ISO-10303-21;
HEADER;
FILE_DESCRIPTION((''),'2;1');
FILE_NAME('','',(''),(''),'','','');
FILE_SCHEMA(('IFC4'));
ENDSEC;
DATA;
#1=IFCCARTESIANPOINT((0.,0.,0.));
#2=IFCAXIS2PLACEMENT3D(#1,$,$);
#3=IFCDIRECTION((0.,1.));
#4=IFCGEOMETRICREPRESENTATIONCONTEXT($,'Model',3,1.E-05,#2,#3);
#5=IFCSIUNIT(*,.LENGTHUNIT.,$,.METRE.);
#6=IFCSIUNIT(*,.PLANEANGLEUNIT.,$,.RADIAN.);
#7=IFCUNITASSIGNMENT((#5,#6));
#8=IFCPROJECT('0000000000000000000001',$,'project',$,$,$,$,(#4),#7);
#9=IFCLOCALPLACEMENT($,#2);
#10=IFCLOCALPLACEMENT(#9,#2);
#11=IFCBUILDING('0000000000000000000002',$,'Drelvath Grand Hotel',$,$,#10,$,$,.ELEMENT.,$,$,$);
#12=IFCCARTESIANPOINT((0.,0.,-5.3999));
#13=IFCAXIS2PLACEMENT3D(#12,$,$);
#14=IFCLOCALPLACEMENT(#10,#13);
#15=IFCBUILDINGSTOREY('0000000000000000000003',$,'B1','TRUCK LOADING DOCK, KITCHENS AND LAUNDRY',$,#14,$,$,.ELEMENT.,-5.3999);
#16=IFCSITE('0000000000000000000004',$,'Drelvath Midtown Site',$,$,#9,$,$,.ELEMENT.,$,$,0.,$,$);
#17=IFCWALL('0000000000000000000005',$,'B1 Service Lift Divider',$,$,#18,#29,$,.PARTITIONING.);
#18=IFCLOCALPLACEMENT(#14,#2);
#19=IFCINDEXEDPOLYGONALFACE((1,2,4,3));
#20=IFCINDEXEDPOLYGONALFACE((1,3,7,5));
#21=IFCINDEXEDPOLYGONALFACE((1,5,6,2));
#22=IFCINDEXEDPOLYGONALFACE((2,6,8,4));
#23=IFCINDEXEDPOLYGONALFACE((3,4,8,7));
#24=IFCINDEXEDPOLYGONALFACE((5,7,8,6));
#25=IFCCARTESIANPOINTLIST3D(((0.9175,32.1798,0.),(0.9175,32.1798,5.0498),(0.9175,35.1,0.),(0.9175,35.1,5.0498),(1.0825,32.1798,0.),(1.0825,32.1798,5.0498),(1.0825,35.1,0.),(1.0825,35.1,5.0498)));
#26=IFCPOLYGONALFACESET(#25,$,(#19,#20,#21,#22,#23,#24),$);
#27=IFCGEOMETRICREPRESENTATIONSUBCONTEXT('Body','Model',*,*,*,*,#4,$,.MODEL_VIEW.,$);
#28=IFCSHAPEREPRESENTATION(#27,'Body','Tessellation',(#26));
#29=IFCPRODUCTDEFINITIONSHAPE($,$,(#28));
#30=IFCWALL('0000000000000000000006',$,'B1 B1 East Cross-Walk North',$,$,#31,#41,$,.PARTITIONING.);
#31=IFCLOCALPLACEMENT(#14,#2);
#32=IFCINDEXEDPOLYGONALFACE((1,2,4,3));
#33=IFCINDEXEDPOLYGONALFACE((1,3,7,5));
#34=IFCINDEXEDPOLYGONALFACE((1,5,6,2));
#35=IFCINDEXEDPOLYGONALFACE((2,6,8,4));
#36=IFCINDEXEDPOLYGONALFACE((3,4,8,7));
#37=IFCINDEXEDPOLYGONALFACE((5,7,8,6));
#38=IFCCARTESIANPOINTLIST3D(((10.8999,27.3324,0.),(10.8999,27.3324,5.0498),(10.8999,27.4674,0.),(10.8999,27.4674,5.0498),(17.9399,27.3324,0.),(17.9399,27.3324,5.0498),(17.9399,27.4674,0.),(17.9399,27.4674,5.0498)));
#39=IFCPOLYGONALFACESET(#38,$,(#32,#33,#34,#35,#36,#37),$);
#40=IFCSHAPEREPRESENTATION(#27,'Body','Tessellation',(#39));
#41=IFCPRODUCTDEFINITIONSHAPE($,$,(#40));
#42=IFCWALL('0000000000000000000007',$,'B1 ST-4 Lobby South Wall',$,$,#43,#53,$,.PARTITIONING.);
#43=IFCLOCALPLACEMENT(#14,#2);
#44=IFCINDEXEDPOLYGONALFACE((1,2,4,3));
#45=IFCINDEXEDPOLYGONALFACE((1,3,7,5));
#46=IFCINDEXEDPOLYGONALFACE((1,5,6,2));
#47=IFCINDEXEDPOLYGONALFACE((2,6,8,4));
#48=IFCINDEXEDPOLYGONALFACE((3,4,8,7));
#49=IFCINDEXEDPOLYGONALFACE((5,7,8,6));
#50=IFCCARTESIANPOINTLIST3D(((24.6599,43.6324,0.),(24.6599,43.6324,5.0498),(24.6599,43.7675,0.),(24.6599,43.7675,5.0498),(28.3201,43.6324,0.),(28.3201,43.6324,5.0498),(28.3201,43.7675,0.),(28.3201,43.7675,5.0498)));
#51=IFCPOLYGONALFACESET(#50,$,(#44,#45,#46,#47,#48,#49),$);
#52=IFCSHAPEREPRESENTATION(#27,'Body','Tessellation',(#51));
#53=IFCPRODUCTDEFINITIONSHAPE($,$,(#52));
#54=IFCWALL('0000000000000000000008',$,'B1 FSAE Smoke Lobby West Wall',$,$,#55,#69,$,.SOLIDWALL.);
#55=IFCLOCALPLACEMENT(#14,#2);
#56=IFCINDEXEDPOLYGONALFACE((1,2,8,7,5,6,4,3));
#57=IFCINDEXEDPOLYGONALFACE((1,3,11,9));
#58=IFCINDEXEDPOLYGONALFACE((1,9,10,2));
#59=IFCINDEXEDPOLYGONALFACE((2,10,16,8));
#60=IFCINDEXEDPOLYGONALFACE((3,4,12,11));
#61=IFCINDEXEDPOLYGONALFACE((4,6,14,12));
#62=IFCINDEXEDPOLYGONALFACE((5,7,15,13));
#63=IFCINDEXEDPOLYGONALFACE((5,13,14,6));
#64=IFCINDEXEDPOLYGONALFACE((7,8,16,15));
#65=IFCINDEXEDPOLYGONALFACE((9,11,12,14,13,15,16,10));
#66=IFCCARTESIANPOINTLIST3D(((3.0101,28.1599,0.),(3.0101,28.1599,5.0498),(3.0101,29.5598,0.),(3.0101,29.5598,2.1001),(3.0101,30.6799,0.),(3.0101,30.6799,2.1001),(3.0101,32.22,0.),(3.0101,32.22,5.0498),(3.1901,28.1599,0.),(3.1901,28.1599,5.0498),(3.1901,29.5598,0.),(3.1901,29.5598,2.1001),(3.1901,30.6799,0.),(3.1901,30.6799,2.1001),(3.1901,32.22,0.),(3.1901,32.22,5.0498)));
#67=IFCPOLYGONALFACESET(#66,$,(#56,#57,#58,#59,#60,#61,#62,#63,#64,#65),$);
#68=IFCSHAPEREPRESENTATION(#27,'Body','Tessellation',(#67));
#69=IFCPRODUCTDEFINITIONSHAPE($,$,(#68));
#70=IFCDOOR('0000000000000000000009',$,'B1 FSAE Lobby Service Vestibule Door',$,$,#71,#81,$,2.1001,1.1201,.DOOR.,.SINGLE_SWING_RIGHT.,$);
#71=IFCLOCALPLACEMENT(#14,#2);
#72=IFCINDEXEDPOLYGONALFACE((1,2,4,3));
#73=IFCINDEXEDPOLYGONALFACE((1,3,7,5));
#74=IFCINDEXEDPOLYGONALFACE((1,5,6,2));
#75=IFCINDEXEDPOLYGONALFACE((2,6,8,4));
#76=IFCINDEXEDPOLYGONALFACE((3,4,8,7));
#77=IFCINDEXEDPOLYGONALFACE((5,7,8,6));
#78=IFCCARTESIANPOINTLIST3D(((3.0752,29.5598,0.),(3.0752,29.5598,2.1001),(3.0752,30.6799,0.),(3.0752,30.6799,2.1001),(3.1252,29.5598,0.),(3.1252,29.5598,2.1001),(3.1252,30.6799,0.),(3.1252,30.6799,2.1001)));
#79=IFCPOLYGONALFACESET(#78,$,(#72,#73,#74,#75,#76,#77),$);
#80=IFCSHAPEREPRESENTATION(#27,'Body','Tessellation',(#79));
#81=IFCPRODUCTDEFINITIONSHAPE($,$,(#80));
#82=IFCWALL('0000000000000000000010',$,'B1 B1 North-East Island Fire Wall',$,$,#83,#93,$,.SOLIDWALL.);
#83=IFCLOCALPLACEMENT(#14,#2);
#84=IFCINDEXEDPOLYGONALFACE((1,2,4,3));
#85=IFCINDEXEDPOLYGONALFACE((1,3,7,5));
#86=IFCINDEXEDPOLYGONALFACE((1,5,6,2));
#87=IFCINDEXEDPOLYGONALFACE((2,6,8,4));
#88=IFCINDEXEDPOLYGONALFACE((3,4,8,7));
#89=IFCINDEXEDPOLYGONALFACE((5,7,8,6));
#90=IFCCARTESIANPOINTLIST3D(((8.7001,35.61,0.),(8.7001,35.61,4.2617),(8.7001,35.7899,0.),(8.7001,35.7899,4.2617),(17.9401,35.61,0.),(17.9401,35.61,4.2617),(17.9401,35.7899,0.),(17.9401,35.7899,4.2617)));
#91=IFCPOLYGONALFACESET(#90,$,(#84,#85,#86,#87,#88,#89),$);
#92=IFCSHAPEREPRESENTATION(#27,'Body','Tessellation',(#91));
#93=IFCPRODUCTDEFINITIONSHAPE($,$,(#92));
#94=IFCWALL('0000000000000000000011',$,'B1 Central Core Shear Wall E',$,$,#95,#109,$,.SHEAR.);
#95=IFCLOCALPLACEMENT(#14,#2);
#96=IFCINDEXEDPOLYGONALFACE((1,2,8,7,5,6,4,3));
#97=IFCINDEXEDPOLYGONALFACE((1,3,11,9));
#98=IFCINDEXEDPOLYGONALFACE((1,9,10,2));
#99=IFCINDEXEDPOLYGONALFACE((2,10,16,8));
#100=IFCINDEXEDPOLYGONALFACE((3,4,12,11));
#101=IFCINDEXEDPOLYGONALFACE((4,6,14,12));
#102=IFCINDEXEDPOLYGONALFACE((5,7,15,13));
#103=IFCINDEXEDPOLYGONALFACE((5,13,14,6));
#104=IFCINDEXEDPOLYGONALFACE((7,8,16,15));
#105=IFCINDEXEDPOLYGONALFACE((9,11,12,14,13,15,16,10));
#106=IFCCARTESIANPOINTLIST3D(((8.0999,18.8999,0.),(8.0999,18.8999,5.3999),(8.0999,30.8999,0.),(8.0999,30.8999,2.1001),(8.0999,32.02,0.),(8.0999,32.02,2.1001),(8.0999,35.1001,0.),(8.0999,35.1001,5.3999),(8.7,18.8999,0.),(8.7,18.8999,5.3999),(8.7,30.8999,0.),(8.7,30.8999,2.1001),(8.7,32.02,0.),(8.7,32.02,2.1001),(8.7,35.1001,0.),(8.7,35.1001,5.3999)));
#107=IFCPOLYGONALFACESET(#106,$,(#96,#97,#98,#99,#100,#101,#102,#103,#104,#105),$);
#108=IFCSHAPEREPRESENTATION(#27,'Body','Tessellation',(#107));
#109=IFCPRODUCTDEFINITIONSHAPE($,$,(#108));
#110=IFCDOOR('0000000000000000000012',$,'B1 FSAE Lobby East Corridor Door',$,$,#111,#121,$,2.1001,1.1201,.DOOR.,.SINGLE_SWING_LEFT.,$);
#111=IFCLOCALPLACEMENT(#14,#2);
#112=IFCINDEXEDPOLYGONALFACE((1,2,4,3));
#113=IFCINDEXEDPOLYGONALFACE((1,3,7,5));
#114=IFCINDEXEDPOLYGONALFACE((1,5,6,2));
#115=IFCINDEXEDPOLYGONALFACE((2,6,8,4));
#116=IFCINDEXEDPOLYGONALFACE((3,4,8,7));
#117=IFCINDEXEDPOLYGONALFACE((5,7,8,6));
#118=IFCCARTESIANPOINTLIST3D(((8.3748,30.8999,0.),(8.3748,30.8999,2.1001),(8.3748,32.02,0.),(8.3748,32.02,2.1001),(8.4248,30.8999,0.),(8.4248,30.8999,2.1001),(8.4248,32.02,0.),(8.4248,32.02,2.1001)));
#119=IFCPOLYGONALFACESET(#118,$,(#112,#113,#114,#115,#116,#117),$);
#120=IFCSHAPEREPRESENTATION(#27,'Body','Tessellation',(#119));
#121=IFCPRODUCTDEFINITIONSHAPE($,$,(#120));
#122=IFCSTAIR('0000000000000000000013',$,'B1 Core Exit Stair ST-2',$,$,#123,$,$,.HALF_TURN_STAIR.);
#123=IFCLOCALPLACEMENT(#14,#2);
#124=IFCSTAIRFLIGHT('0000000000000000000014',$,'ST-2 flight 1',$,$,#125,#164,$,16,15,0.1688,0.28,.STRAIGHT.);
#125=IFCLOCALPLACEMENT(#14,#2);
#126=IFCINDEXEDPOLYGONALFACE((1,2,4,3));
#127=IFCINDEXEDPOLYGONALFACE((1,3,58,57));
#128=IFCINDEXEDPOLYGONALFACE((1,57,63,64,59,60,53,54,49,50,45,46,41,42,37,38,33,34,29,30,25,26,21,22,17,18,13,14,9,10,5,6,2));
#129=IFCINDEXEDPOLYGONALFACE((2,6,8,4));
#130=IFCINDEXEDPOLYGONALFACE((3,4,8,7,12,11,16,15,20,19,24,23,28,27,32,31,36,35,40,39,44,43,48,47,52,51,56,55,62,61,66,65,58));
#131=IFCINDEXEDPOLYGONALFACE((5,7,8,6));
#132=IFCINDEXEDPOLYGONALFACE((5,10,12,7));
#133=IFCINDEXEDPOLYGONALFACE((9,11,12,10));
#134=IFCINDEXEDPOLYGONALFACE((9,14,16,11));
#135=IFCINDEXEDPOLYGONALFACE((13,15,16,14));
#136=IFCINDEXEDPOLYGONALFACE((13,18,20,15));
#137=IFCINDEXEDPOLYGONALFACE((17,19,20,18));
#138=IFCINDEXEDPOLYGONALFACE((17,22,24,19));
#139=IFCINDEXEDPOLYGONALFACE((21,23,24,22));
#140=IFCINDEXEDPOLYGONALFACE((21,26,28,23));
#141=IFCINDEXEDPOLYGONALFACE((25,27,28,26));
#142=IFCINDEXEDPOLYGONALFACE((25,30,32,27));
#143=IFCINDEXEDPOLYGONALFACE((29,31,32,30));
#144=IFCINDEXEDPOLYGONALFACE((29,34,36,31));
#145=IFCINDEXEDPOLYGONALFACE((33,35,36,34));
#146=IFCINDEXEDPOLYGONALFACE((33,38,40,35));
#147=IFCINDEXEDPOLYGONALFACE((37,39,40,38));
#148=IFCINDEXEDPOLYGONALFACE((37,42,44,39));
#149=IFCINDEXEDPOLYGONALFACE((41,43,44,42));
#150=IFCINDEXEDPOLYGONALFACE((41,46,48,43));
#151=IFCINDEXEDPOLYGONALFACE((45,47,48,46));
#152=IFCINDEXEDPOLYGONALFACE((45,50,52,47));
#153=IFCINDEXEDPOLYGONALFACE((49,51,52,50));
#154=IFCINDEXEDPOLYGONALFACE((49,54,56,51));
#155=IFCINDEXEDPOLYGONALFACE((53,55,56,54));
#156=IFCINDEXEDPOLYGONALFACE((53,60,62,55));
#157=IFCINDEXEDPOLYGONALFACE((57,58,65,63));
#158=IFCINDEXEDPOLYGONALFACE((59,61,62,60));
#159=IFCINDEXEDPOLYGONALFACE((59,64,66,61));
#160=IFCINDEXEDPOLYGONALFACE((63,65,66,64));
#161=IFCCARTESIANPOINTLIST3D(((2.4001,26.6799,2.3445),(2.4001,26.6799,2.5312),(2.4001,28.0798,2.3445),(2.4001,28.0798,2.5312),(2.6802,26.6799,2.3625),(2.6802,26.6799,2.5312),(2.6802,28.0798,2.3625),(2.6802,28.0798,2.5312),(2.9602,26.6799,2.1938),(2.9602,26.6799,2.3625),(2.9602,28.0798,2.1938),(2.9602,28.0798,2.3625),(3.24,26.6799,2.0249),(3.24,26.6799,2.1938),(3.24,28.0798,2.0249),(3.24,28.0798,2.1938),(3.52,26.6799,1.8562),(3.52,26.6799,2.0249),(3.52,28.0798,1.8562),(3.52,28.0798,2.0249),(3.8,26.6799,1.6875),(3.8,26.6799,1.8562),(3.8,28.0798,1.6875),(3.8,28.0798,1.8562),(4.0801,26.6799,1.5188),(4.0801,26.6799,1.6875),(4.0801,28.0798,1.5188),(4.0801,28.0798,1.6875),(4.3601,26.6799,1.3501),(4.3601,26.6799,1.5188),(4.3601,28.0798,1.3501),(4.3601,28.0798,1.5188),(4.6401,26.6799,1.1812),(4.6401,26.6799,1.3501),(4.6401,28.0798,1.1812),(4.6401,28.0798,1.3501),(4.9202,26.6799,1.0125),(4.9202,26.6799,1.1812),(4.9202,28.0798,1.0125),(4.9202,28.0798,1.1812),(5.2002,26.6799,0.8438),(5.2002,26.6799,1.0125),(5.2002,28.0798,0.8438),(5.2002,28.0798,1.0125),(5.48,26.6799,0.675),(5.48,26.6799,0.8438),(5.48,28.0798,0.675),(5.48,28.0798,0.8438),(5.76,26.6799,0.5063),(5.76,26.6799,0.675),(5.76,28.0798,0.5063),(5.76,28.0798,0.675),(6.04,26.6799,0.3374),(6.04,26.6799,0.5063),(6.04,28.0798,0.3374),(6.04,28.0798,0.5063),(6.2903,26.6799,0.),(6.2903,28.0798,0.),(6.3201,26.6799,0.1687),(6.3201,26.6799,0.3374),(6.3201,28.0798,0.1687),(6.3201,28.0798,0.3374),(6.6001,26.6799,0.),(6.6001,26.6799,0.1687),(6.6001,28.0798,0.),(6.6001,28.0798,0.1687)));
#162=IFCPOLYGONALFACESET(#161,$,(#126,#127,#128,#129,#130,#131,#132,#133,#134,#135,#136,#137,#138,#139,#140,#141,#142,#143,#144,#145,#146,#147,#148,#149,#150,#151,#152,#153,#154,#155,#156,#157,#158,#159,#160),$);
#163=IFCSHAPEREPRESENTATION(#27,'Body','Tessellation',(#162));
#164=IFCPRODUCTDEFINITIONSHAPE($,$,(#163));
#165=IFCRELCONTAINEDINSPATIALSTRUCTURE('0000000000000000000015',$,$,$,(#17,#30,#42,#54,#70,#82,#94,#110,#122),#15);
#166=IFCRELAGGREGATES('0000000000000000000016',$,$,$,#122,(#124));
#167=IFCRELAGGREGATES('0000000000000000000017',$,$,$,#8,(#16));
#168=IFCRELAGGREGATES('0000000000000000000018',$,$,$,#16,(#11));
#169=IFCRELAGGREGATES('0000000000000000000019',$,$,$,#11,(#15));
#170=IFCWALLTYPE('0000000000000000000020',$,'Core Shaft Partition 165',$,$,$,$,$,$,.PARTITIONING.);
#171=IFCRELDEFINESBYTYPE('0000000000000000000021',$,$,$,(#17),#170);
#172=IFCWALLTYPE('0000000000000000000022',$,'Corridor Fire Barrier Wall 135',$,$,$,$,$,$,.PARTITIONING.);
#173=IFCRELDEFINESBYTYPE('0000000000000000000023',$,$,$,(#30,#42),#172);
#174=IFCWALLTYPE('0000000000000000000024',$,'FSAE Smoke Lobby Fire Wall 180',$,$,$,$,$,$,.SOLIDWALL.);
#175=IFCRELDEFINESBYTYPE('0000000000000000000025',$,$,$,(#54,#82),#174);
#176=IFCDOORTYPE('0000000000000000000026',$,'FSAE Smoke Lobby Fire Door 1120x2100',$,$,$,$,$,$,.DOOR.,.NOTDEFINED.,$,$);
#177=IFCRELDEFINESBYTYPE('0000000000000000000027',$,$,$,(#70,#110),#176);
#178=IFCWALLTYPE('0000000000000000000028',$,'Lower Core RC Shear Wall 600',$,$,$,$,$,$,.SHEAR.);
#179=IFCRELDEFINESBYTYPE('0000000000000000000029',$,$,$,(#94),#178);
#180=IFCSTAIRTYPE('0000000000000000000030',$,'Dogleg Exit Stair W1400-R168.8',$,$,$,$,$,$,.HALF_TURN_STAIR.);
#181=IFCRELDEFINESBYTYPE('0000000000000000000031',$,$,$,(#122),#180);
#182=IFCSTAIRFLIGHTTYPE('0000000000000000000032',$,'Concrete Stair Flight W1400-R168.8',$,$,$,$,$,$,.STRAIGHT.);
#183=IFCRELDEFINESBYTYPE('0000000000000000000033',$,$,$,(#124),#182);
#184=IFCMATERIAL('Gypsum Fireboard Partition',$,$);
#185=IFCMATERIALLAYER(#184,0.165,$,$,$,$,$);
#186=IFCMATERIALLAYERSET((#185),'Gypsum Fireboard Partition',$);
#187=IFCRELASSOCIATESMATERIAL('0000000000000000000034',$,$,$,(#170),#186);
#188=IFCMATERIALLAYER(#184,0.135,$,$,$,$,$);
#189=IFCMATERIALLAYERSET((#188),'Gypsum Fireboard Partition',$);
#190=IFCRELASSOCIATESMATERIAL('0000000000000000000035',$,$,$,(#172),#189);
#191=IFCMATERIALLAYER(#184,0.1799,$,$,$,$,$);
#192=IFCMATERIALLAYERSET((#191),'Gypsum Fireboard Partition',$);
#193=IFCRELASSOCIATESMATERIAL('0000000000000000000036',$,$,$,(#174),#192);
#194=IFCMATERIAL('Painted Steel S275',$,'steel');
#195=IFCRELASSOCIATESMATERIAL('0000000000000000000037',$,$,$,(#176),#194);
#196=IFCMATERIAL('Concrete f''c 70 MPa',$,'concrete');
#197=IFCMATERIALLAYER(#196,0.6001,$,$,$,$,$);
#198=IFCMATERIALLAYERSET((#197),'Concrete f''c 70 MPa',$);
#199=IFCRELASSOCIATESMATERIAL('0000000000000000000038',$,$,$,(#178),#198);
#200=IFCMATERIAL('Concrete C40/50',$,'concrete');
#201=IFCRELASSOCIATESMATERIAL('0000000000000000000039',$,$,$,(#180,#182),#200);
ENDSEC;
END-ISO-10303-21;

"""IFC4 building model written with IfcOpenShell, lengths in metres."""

from ifc_helpers import new_model, si_unit, direction, frame, frame_2d, origin, place, context, subcontext, project, spatial, polyline, rectangle, outline, extrude, material, layer, layer_set, type_object, element, fill, aggregate, save


model = new_model("IFC4")

# Units and contexts
model_context = context("Model", 3, precision=1e-05, world=origin(), true_north=direction((0.0, 1.0)))
body_context = subcontext(model_context, "Body", "Model", "MODEL_VIEW")
ifc_project = project(units=[si_unit("LENGTHUNIT", "METRE"), si_unit("PLANEANGLEUNIT", "RADIAN")], contexts=[model_context])

# Site, building, storey
site_placement = place(None, origin())
site = spatial("IfcSite", under=ifc_project, at=site_placement, Name="Drelvath Midtown Site", CompositionType="ELEMENT", RefElevation=0.0)
building_placement = place(site_placement, origin())
building = spatial("IfcBuilding", under=site, at=building_placement, Name="Drelvath Grand Hotel", CompositionType="ELEMENT")
storey_placement = place(building_placement, frame((0.0, 0.0, -5.3999)))
storey = spatial("IfcBuildingStorey", under=building, at=storey_placement, Name="B1", Description="TRUCK LOADING DOCK, KITCHENS AND LAUNDRY", CompositionType="ELEMENT", Elevation=-5.3999)

# Shared definitions
ifc_material_1 = material(Name="Concrete f'c 70 MPa", Category="concrete")

# Shared definitions
ifc_material_2 = material(Name="Concrete C40/50", Category="concrete")

# Shared definitions
ifc_material_3 = material(Name="Painted Steel S275", Category="steel")

# Walls
ifc_material_4 = material(Name="Gypsum Fireboard Partition")
ifc_layer_1 = layer(ifc_material_4, 0.165)
ifc_layer_set_1 = layer_set([ifc_layer_1], Name="Gypsum Fireboard Partition")
wall_type_1 = type_object("IfcWallType", Name="Core Shaft Partition 165", PredefinedType="PARTITIONING", material=ifc_layer_set_1)
wall_1_placement = place(storey_placement, frame((1.0, 32.1799, 0.0), z_axis=(0.0, 0.0, 1.0), x_axis=(0.0, 1.0, 0.0)))
element("IfcWall", 1, at=wall_1_placement, inside=storey, type_object=wall_type_1, Name="B1 Service Lift Divider", PredefinedType="PARTITIONING", context=body_context, shape_type="SweptSolid", body=[
    extrude(rectangle(XDim=2.9202, YDim=0.165, at=frame_2d((1.46, 0.0))), origin(), (0.0, 0.0, 1.0), 5.0498),
])
ifc_layer_2 = layer(ifc_material_4, 0.135)
ifc_layer_set_2 = layer_set([ifc_layer_2], Name="Gypsum Fireboard Partition")
wall_type_2 = type_object("IfcWallType", Name="Corridor Fire Barrier Wall 135", PredefinedType="PARTITIONING", material=ifc_layer_set_2)
wall_2_placement = place(storey_placement, frame((10.8999, 27.3999, 0.0), z_axis=(0.0, 0.0, 1.0), x_axis=(1.0, 0.0, 0.0)))
element("IfcWall", 2, at=wall_2_placement, inside=storey, type_object=wall_type_2, Name="B1 B1 East Cross-Walk North", PredefinedType="PARTITIONING", context=body_context, shape_type="SweptSolid", body=[
    extrude(rectangle(XDim=7.04, YDim=0.135, at=frame_2d((3.52, 0.0))), origin(), (0.0, 0.0, 1.0), 5.0498),
])
wall_3_placement = place(storey_placement, frame((24.6599, 43.7, 0.0), z_axis=(0.0, 0.0, 1.0), x_axis=(1.0, 0.0, 0.0)))
element("IfcWall", 3, at=wall_3_placement, inside=storey, type_object=wall_type_2, Name="B1 ST-4 Lobby South Wall", PredefinedType="PARTITIONING", context=body_context, shape_type="SweptSolid", body=[
    extrude(rectangle(XDim=3.6602, YDim=0.135, at=frame_2d((1.8301, 0.0))), origin(), (0.0, 0.0, 1.0), 5.0498),
])

# Wall, opening, door
ifc_layer_3 = layer(ifc_material_4, 0.1799)
ifc_layer_set_3 = layer_set([ifc_layer_3], Name="Gypsum Fireboard Partition")
wall_type_3 = type_object("IfcWallType", Name="FSAE Smoke Lobby Fire Wall 180", PredefinedType="SOLIDWALL", material=ifc_layer_set_3)
wall_4_placement = place(storey_placement, frame((3.1001, 28.1599, 0.0), z_axis=(0.0, 0.0, 1.0), x_axis=(0.0, 1.0, 0.0)))
wall_4 = element("IfcWall", 4, at=wall_4_placement, inside=storey, type_object=wall_type_3, Name="B1 FSAE Smoke Lobby West Wall", PredefinedType="SOLIDWALL", context=body_context, shape_type="SweptSolid", body=[
    extrude(rectangle(XDim=4.0601, YDim=0.1799, at=frame_2d((2.03, 0.0))), origin(), (0.0, 0.0, 1.0), 5.0498),
])
opening_1_placement = place(wall_4_placement, frame((1.3999, 0.0, 0.0)))
opening_1 = element("IfcOpeningElement", 5, at=opening_1_placement, cuts=wall_4, PredefinedType="OPENING", context=body_context, shape_type="SweptSolid", body=[
    extrude(rectangle(XDim=1.1201, YDim=2.1001, at=frame_2d((0.5601, 1.05))), frame((0.0, 0.0999, 0.0), z_axis=(0.0, -1.0, 0.0), x_axis=(1.0, 0.0, 0.0)), (0.0, 0.0, 1.0), 0.2),
])
door_type_1 = type_object("IfcDoorType", Name="FSAE Smoke Lobby Fire Door 1120x2100", OperationType="NOTDEFINED", PredefinedType="DOOR", material=ifc_material_3)
door_1_placement = place(opening_1_placement, origin())
door_1 = element("IfcDoor", 6, at=door_1_placement, inside=storey, type_object=door_type_1, Name="B1 FSAE Lobby Service Vestibule Door", OperationType="SINGLE_SWING_RIGHT", OverallHeight=2.1001, OverallWidth=1.1201, PredefinedType="DOOR", context=body_context, shape_type="SweptSolid", body=[
    extrude(rectangle(XDim=1.1201, YDim=2.1001, at=frame_2d((0.5601, 1.05))), frame((0.0, 0.0249, 0.0), z_axis=(0.0, -1.0, 0.0), x_axis=(1.0, 0.0, 0.0)), (0.0, 0.0, 1.0), 0.05),
])
fill(opening_1, door_1)

# Wall
wall_5_placement = place(storey_placement, frame((8.7, 35.7, 0.0), z_axis=(0.0, 0.0, 1.0), x_axis=(1.0, 0.0, 0.0)))
element("IfcWall", 7, at=wall_5_placement, inside=storey, type_object=wall_type_3, Name="B1 B1 North-East Island Fire Wall", PredefinedType="SOLIDWALL", context=body_context, shape_type="SweptSolid", body=[
    extrude(rectangle(XDim=9.24, YDim=0.1799, at=frame_2d((4.6201, 0.0))), origin(), (0.0, 0.0, 1.0), 4.2617),
])

# Wall, opening, door
ifc_layer_4 = layer(ifc_material_1, 0.6001)
ifc_layer_set_4 = layer_set([ifc_layer_4], Name="Concrete f'c 70 MPa")
wall_type_4 = type_object("IfcWallType", Name="Lower Core RC Shear Wall 600", PredefinedType="SHEAR", material=ifc_layer_set_4)
wall_6_placement = place(storey_placement, frame((8.3999, 35.1001, 0.0), z_axis=(0.0, 0.0, 1.0), x_axis=(0.0, -1.0, 0.0)))
wall_6 = element("IfcWall", 8, at=wall_6_placement, inside=storey, type_object=wall_type_4, Name="B1 Central Core Shear Wall E", PredefinedType="SHEAR", context=body_context, shape_type="SweptSolid", body=[
    extrude(rectangle(XDim=16.2002, YDim=0.6001, at=frame_2d((8.1001, 0.0))), origin(), (0.0, 0.0, 1.0), 5.3999),
])
opening_2_placement = place(wall_6_placement, frame((3.0801, 0.0, 0.0)))
opening_2 = element("IfcOpeningElement", 9, at=opening_2_placement, cuts=wall_6, PredefinedType="OPENING", context=body_context, shape_type="SweptSolid", body=[
    extrude(rectangle(XDim=1.1201, YDim=2.1001, at=frame_2d((0.5601, 1.05))), frame((0.0, 0.3101, 0.0), z_axis=(0.0, -1.0, 0.0), x_axis=(1.0, 0.0, 0.0)), (0.0, 0.0, 1.0), 0.6201),
])
door_2_placement = place(opening_2_placement, origin())
door_2 = element("IfcDoor", 10, at=door_2_placement, inside=storey, type_object=door_type_1, Name="B1 FSAE Lobby East Corridor Door", OperationType="SINGLE_SWING_LEFT", OverallHeight=2.1001, OverallWidth=1.1201, PredefinedType="DOOR", context=body_context, shape_type="SweptSolid", body=[
    extrude(rectangle(XDim=1.1201, YDim=2.1001, at=frame_2d((0.5601, 1.05))), frame((0.0, 0.0249, 0.0), z_axis=(0.0, -1.0, 0.0), x_axis=(1.0, 0.0, 0.0)), (0.0, 0.0, 1.0), 0.05),
])
fill(opening_2, door_2)

# Stair, stair flight
stair_type = type_object("IfcStairType", Name="Dogleg Exit Stair W1400-R168.8", PredefinedType="HALF_TURN_STAIR", material=ifc_material_2)
stair_placement = place(storey_placement, origin())
stair = element("IfcStair", 11, at=stair_placement, inside=storey, type_object=stair_type, Name="B1 Core Exit Stair ST-2", PredefinedType="HALF_TURN_STAIR")
stair_flight_type = type_object("IfcStairFlightType", Name="Concrete Stair Flight W1400-R168.8", PredefinedType="STRAIGHT", material=ifc_material_2)
stair_flight_placement = place(storey_placement, frame((6.6001, 27.3799, 0.0), z_axis=(0.0, 0.0, 1.0), x_axis=(-1.0, 0.0, 0.0)))
stair_flight = element("IfcStairFlight", 12, at=stair_flight_placement, type_object=stair_flight_type, Name="ST-2 flight 1", NumberOfRisers=16, NumberOfTreads=15, PredefinedType="STRAIGHT", RiserHeight=0.1688, TreadLength=0.28, context=body_context, shape_type="SweptSolid", body=[
    extrude(outline(polyline([(0.0, 0.0), (0.0, 0.1687), (0.28, 0.1687), (0.28, 0.3374), (0.5601, 0.3374), (0.5601, 0.5063), (0.8401, 0.5063), (0.8401, 0.675), (1.1201, 0.675), (1.1201, 0.8438), (1.3999, 0.8438), (1.3999, 1.0125), (1.6799, 1.0125), (1.6799, 1.1812), (1.96, 1.1812), (1.96, 1.3501), (2.24, 1.3501), (2.24, 1.5188), (2.52, 1.5188), (2.52, 1.6875), (2.8, 1.6875), (2.8, 1.8562), (3.0801, 1.8562), (3.0801, 2.0249), (3.3601, 2.0249), (3.3601, 2.1938), (3.6399, 2.1938), (3.6399, 2.3625), (3.9199, 2.3625), (3.9199, 2.5312), (4.2, 2.5312), (4.2, 2.7), (4.2, 2.3445), (0.3098, 0.0), (0.0, 0.0)])), frame((0.0, 0.7, 0.0), z_axis=(0.0, -1.0, 0.0), x_axis=(1.0, 0.0, 0.0)), (0.0, 0.0, 1.0), 1.3999),
])
aggregate(stair, [stair_flight])

save(model, "model.ifc")
